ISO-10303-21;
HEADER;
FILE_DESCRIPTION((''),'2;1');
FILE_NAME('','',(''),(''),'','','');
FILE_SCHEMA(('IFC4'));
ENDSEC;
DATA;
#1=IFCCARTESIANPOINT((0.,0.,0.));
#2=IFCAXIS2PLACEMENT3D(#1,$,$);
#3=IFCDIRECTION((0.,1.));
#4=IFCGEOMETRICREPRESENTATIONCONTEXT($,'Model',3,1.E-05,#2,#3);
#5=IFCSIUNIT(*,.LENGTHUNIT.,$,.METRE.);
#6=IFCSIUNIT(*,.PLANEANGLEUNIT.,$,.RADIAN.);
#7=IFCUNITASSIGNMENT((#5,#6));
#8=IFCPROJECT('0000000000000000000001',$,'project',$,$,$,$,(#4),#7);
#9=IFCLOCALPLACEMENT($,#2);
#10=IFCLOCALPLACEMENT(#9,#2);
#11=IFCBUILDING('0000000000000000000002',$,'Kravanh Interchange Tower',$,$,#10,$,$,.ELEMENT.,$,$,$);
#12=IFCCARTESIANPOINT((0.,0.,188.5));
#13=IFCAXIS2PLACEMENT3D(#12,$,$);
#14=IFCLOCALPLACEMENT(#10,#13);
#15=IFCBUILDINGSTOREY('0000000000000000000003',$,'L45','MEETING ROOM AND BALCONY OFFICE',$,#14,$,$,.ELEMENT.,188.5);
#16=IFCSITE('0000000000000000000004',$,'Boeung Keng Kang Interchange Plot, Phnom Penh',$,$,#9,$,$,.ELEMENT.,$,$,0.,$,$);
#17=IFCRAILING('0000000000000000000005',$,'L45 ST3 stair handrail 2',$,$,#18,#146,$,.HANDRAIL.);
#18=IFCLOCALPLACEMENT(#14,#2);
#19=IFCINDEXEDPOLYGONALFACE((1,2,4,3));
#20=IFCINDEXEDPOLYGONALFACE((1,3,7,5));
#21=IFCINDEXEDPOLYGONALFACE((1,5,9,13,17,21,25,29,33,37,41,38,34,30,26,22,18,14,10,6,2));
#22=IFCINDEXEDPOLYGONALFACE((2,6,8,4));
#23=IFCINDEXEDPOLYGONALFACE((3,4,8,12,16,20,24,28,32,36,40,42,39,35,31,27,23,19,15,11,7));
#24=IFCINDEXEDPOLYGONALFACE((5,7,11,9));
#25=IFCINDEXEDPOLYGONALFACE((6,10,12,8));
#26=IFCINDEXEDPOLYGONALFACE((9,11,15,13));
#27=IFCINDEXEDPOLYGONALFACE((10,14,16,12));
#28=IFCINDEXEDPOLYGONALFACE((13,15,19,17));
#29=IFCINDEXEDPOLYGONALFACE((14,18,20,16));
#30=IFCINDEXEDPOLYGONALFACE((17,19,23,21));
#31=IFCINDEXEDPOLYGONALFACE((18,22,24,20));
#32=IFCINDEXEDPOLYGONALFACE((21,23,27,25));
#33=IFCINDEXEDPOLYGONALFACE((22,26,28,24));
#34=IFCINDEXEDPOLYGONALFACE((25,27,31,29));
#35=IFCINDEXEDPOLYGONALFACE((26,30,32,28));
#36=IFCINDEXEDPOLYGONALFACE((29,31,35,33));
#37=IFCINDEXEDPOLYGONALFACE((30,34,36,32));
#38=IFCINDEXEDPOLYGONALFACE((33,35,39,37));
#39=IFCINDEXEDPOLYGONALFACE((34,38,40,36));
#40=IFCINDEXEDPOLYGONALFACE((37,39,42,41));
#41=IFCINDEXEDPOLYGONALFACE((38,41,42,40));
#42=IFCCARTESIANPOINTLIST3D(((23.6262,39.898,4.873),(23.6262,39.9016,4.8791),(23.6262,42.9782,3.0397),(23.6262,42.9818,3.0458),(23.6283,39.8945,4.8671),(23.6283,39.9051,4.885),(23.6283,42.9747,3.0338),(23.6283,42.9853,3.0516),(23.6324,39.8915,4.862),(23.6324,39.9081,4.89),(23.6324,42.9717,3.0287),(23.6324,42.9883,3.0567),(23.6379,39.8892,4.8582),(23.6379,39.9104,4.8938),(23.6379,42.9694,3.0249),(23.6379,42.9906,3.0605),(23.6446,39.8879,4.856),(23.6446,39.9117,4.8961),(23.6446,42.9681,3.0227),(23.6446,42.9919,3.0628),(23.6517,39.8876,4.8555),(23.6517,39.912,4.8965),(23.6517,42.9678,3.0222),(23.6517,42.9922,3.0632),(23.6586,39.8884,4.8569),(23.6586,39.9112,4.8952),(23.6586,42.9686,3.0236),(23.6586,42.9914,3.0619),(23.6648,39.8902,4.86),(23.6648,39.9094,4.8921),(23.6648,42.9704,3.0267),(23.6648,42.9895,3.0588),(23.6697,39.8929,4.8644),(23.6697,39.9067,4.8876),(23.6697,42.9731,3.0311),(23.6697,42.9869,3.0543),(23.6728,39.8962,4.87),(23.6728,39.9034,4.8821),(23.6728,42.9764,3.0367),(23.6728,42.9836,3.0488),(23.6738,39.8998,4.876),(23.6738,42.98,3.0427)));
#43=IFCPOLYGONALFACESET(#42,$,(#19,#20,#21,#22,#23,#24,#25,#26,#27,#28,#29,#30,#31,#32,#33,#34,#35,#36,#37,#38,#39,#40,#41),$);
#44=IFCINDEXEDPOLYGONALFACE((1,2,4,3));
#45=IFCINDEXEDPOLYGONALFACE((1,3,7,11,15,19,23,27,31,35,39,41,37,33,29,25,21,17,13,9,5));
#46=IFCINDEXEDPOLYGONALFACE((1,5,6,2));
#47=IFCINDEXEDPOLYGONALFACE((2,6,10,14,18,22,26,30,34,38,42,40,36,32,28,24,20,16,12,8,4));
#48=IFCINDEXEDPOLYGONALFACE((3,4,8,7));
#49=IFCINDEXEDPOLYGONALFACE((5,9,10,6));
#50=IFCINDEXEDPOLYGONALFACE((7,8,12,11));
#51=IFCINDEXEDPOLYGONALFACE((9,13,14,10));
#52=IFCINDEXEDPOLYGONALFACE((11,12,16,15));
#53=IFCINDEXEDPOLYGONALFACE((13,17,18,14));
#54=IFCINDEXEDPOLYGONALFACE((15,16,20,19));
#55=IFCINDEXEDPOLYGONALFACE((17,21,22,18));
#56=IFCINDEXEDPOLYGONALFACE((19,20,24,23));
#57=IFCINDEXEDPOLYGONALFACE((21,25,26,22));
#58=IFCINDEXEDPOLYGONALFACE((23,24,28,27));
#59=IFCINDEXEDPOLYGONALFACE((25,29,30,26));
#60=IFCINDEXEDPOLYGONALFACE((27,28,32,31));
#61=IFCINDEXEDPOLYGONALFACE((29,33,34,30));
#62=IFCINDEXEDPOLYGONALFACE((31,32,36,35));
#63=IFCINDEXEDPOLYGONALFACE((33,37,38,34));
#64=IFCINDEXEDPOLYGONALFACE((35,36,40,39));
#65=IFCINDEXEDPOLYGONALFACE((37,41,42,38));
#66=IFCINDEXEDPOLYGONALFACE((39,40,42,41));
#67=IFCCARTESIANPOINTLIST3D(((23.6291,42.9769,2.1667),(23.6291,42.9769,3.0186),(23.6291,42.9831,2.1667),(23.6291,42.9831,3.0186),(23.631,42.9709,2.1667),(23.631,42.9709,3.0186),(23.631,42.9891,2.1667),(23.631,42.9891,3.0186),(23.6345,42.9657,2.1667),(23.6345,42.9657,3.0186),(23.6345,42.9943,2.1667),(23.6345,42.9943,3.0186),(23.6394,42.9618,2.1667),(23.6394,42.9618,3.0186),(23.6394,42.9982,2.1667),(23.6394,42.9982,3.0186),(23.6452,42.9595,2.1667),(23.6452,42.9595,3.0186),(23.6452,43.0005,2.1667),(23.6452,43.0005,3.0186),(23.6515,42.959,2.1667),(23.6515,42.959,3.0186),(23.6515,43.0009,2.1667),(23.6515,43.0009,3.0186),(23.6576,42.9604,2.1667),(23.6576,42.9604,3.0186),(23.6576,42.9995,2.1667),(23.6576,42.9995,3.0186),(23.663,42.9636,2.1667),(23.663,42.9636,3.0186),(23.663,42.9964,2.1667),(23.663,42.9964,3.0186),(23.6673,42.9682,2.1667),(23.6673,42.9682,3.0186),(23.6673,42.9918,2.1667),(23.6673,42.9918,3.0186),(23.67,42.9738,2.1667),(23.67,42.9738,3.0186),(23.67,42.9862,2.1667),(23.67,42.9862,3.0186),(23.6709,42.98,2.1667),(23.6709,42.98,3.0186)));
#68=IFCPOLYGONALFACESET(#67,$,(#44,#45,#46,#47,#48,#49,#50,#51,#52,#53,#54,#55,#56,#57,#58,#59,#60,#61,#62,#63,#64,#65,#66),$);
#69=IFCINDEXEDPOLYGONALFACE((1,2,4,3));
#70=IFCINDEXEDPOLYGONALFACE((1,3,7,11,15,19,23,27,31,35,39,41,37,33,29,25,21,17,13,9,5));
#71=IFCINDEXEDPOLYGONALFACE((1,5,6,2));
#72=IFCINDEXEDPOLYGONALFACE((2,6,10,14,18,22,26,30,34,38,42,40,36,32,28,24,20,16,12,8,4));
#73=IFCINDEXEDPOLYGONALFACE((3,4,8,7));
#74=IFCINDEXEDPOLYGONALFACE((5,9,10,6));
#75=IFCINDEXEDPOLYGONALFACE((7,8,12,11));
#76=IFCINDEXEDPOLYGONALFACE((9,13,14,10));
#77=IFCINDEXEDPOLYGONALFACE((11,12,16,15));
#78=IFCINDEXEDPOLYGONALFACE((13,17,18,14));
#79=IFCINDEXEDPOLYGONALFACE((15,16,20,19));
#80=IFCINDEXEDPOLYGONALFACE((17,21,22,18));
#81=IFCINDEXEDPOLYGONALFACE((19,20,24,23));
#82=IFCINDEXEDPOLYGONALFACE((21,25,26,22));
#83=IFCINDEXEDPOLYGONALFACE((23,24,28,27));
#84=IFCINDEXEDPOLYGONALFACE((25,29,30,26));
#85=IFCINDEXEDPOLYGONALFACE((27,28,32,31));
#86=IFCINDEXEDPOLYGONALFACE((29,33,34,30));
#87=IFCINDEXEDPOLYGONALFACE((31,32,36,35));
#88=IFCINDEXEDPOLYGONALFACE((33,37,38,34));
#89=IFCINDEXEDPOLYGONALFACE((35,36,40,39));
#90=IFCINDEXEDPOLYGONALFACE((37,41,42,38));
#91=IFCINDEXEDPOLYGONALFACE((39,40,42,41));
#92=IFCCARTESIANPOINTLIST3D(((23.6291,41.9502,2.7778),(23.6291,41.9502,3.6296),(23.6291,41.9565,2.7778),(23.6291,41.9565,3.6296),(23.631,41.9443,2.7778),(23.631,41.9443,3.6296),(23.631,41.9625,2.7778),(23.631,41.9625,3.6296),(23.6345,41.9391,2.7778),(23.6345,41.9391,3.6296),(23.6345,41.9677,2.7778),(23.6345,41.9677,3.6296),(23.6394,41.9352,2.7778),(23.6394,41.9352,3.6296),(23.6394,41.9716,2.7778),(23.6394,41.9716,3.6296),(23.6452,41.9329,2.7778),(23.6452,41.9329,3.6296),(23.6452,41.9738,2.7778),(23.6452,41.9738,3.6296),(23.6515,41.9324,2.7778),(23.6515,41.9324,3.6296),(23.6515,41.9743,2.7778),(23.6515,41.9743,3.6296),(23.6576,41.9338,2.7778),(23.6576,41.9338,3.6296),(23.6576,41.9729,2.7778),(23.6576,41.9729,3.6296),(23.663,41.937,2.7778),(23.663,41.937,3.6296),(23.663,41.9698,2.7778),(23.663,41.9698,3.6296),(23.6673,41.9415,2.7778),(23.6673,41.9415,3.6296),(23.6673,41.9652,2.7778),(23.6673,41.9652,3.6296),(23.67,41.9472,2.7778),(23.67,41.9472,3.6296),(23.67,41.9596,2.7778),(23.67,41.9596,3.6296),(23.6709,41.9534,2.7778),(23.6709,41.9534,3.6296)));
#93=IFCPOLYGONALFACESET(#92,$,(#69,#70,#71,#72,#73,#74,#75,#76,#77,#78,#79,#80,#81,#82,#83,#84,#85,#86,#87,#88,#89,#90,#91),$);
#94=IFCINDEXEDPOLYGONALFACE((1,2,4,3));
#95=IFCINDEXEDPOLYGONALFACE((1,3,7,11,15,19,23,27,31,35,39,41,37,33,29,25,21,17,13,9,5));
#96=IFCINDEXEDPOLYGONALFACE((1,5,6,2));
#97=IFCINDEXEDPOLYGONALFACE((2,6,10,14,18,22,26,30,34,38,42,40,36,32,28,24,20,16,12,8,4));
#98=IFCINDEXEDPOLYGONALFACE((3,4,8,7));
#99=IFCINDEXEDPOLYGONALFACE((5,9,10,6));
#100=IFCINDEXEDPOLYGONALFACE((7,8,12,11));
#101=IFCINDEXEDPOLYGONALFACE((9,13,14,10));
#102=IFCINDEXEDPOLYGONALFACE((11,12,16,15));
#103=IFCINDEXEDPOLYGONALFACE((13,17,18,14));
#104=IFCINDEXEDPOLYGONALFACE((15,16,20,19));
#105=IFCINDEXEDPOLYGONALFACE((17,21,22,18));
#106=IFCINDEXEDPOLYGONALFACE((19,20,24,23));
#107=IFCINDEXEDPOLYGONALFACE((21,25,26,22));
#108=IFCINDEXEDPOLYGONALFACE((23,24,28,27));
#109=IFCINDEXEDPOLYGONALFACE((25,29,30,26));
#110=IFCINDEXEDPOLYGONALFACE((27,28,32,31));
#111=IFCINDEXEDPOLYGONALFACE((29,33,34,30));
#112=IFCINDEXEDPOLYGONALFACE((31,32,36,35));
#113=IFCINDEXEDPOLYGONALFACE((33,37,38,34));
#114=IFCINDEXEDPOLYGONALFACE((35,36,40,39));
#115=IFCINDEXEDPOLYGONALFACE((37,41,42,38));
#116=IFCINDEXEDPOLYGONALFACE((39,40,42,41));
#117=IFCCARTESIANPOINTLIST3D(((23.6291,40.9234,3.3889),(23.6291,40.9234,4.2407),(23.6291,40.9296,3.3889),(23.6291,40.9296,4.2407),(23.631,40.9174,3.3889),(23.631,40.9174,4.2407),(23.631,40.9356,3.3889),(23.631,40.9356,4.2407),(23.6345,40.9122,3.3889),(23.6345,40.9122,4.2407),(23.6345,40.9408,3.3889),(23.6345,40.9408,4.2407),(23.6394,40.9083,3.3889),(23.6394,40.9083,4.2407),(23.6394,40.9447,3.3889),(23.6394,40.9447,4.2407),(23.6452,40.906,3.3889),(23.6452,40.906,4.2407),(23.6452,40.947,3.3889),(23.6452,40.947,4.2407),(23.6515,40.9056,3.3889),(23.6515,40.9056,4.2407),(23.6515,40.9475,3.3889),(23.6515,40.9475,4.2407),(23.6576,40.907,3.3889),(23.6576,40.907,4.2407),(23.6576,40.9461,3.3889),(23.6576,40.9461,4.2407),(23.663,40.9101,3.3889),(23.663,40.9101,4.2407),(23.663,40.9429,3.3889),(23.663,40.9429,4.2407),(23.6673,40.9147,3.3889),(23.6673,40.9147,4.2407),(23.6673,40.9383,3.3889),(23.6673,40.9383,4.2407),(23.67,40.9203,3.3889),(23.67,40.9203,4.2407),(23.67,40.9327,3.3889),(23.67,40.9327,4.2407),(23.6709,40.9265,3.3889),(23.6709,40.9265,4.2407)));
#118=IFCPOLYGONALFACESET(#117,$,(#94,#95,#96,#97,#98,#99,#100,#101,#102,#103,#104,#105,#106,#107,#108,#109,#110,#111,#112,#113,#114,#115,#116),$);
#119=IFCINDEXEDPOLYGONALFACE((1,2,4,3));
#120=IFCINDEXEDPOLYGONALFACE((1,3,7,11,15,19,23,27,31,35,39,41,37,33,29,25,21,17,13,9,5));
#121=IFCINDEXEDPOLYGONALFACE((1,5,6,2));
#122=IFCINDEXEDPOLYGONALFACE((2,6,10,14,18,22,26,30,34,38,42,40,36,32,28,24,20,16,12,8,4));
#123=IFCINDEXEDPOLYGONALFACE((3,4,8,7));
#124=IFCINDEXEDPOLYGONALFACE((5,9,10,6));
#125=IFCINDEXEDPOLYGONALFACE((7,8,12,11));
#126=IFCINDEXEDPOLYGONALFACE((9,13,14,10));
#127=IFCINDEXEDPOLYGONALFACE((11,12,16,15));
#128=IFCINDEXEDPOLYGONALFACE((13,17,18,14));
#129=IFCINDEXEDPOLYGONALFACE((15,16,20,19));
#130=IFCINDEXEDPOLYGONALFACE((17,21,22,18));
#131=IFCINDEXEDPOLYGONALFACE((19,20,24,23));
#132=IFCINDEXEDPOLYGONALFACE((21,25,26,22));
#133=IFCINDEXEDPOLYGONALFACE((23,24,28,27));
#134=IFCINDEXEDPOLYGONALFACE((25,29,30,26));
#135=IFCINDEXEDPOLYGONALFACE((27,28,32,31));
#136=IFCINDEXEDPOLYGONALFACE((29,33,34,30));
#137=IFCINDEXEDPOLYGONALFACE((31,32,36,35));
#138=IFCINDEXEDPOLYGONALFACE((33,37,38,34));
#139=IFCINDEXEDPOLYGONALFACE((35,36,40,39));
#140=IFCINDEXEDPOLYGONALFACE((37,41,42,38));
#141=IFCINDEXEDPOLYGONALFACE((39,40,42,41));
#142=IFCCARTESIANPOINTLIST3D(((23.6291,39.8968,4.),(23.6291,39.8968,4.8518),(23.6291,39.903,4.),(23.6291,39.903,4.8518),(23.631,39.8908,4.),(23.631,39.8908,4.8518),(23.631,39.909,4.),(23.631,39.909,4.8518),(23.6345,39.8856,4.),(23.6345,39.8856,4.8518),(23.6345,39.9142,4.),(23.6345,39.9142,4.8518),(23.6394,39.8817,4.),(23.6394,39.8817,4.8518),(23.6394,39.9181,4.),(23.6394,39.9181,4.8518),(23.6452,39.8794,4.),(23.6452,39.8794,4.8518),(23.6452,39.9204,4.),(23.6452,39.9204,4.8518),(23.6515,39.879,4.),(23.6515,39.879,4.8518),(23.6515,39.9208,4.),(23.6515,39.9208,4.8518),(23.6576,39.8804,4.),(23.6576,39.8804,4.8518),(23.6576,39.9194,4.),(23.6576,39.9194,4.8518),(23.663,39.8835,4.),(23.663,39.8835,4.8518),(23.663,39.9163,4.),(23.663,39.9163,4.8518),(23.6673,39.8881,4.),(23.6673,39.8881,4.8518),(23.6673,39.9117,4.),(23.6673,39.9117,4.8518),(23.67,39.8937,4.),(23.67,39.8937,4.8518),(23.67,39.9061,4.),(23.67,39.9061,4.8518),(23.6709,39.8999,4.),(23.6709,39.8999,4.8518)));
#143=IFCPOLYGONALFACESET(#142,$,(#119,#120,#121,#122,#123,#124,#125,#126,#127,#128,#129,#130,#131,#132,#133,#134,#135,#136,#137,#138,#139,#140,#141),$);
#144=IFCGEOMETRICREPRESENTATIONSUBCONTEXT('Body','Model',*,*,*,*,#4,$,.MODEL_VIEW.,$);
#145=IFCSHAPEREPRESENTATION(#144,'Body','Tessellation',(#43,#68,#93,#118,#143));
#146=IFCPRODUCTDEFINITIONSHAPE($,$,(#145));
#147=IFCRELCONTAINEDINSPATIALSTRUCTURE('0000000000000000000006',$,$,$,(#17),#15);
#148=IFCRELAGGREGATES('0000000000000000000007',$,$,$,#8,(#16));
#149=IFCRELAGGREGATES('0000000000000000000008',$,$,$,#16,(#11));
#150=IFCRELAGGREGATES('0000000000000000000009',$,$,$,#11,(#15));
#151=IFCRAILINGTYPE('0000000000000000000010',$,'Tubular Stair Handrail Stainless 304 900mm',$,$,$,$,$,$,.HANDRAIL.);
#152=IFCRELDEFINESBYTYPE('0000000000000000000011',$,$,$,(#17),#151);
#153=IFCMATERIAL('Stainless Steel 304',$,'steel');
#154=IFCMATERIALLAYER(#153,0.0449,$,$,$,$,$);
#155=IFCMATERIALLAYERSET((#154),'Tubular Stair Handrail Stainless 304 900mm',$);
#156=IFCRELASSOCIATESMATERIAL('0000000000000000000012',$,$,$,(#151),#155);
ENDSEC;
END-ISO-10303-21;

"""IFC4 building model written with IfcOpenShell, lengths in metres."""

from ifc_helpers import new_model, si_unit, direction, frame, origin, origin_2d, place, context, subcontext, project, spatial, circle, extrude, material, layer, layer_set, type_object, element, save


model = new_model("IFC4")

# Units and contexts
model_context = context("Model", 3, precision=1e-05, world=origin(), true_north=direction((0.0, 1.0)))
body_context = subcontext(model_context, "Body", "Model", "MODEL_VIEW")
ifc_project = project(units=[si_unit("LENGTHUNIT", "METRE"), si_unit("PLANEANGLEUNIT", "RADIAN")], contexts=[model_context])

# Site, building, storey
site_placement = place(None, origin())
site = spatial("IfcSite", under=ifc_project, at=site_placement, Name="Boeung Keng Kang Interchange Plot, Phnom Penh", CompositionType="ELEMENT", RefElevation=0.0)
building_placement = place(site_placement, origin())
building = spatial("IfcBuilding", under=site, at=building_placement, Name="Kravanh Interchange Tower", CompositionType="ELEMENT")
storey_placement = place(building_placement, frame((0.0, 0.0, 188.5)))
storey = spatial("IfcBuildingStorey", under=building, at=storey_placement, Name="L45", Description="MEETING ROOM AND BALCONY OFFICE", CompositionType="ELEMENT", Elevation=188.5)

# Railing
ifc_material_1 = material(Name="Stainless Steel 304", Category="steel")
ifc_layer_1 = layer(ifc_material_1, 0.0449)
ifc_layer_set_1 = layer_set([ifc_layer_1], Name="Tubular Stair Handrail Stainless 304 900mm")
railing_type_1 = type_object("IfcRailingType", Name="Tubular Stair Handrail Stainless 304 900mm", PredefinedType="HANDRAIL", material=ifc_layer_set_1)
railing_1_placement = place(storey_placement, frame((23.6499, 42.98, 2.1667)))
element("IfcRailing", 1, at=railing_1_placement, inside=storey, type_object=railing_type_1, Name="L45 ST3 stair handrail 2", PredefinedType="HANDRAIL", context=body_context, shape_type="SweptSolid", body=[
    extrude(circle(Radius=0.0239, at=origin_2d()), frame((0.0, 0.0, 0.876), z_axis=(0.0, -0.859309, 0.511458), x_axis=(1.0, 0.0, 0.0)), (0.0, 0.0, 1.0), 3.5845),
    extrude(circle(Radius=0.021, at=origin_2d()), origin(), (0.0, 0.0, 1.0), 0.8518),
    extrude(circle(Radius=0.021, at=origin_2d()), frame((0.0, -1.0266, 0.6111)), (0.0, 0.0, 1.0), 0.8518),
    extrude(circle(Radius=0.021, at=origin_2d()), frame((0.0, -2.0535, 1.2222)), (0.0, 0.0, 1.0), 0.8518),
    extrude(circle(Radius=0.021, at=origin_2d()), frame((0.0, -3.0801, 1.8333)), (0.0, 0.0, 1.0), 0.8518),
])

save(model, "model.ifc")
